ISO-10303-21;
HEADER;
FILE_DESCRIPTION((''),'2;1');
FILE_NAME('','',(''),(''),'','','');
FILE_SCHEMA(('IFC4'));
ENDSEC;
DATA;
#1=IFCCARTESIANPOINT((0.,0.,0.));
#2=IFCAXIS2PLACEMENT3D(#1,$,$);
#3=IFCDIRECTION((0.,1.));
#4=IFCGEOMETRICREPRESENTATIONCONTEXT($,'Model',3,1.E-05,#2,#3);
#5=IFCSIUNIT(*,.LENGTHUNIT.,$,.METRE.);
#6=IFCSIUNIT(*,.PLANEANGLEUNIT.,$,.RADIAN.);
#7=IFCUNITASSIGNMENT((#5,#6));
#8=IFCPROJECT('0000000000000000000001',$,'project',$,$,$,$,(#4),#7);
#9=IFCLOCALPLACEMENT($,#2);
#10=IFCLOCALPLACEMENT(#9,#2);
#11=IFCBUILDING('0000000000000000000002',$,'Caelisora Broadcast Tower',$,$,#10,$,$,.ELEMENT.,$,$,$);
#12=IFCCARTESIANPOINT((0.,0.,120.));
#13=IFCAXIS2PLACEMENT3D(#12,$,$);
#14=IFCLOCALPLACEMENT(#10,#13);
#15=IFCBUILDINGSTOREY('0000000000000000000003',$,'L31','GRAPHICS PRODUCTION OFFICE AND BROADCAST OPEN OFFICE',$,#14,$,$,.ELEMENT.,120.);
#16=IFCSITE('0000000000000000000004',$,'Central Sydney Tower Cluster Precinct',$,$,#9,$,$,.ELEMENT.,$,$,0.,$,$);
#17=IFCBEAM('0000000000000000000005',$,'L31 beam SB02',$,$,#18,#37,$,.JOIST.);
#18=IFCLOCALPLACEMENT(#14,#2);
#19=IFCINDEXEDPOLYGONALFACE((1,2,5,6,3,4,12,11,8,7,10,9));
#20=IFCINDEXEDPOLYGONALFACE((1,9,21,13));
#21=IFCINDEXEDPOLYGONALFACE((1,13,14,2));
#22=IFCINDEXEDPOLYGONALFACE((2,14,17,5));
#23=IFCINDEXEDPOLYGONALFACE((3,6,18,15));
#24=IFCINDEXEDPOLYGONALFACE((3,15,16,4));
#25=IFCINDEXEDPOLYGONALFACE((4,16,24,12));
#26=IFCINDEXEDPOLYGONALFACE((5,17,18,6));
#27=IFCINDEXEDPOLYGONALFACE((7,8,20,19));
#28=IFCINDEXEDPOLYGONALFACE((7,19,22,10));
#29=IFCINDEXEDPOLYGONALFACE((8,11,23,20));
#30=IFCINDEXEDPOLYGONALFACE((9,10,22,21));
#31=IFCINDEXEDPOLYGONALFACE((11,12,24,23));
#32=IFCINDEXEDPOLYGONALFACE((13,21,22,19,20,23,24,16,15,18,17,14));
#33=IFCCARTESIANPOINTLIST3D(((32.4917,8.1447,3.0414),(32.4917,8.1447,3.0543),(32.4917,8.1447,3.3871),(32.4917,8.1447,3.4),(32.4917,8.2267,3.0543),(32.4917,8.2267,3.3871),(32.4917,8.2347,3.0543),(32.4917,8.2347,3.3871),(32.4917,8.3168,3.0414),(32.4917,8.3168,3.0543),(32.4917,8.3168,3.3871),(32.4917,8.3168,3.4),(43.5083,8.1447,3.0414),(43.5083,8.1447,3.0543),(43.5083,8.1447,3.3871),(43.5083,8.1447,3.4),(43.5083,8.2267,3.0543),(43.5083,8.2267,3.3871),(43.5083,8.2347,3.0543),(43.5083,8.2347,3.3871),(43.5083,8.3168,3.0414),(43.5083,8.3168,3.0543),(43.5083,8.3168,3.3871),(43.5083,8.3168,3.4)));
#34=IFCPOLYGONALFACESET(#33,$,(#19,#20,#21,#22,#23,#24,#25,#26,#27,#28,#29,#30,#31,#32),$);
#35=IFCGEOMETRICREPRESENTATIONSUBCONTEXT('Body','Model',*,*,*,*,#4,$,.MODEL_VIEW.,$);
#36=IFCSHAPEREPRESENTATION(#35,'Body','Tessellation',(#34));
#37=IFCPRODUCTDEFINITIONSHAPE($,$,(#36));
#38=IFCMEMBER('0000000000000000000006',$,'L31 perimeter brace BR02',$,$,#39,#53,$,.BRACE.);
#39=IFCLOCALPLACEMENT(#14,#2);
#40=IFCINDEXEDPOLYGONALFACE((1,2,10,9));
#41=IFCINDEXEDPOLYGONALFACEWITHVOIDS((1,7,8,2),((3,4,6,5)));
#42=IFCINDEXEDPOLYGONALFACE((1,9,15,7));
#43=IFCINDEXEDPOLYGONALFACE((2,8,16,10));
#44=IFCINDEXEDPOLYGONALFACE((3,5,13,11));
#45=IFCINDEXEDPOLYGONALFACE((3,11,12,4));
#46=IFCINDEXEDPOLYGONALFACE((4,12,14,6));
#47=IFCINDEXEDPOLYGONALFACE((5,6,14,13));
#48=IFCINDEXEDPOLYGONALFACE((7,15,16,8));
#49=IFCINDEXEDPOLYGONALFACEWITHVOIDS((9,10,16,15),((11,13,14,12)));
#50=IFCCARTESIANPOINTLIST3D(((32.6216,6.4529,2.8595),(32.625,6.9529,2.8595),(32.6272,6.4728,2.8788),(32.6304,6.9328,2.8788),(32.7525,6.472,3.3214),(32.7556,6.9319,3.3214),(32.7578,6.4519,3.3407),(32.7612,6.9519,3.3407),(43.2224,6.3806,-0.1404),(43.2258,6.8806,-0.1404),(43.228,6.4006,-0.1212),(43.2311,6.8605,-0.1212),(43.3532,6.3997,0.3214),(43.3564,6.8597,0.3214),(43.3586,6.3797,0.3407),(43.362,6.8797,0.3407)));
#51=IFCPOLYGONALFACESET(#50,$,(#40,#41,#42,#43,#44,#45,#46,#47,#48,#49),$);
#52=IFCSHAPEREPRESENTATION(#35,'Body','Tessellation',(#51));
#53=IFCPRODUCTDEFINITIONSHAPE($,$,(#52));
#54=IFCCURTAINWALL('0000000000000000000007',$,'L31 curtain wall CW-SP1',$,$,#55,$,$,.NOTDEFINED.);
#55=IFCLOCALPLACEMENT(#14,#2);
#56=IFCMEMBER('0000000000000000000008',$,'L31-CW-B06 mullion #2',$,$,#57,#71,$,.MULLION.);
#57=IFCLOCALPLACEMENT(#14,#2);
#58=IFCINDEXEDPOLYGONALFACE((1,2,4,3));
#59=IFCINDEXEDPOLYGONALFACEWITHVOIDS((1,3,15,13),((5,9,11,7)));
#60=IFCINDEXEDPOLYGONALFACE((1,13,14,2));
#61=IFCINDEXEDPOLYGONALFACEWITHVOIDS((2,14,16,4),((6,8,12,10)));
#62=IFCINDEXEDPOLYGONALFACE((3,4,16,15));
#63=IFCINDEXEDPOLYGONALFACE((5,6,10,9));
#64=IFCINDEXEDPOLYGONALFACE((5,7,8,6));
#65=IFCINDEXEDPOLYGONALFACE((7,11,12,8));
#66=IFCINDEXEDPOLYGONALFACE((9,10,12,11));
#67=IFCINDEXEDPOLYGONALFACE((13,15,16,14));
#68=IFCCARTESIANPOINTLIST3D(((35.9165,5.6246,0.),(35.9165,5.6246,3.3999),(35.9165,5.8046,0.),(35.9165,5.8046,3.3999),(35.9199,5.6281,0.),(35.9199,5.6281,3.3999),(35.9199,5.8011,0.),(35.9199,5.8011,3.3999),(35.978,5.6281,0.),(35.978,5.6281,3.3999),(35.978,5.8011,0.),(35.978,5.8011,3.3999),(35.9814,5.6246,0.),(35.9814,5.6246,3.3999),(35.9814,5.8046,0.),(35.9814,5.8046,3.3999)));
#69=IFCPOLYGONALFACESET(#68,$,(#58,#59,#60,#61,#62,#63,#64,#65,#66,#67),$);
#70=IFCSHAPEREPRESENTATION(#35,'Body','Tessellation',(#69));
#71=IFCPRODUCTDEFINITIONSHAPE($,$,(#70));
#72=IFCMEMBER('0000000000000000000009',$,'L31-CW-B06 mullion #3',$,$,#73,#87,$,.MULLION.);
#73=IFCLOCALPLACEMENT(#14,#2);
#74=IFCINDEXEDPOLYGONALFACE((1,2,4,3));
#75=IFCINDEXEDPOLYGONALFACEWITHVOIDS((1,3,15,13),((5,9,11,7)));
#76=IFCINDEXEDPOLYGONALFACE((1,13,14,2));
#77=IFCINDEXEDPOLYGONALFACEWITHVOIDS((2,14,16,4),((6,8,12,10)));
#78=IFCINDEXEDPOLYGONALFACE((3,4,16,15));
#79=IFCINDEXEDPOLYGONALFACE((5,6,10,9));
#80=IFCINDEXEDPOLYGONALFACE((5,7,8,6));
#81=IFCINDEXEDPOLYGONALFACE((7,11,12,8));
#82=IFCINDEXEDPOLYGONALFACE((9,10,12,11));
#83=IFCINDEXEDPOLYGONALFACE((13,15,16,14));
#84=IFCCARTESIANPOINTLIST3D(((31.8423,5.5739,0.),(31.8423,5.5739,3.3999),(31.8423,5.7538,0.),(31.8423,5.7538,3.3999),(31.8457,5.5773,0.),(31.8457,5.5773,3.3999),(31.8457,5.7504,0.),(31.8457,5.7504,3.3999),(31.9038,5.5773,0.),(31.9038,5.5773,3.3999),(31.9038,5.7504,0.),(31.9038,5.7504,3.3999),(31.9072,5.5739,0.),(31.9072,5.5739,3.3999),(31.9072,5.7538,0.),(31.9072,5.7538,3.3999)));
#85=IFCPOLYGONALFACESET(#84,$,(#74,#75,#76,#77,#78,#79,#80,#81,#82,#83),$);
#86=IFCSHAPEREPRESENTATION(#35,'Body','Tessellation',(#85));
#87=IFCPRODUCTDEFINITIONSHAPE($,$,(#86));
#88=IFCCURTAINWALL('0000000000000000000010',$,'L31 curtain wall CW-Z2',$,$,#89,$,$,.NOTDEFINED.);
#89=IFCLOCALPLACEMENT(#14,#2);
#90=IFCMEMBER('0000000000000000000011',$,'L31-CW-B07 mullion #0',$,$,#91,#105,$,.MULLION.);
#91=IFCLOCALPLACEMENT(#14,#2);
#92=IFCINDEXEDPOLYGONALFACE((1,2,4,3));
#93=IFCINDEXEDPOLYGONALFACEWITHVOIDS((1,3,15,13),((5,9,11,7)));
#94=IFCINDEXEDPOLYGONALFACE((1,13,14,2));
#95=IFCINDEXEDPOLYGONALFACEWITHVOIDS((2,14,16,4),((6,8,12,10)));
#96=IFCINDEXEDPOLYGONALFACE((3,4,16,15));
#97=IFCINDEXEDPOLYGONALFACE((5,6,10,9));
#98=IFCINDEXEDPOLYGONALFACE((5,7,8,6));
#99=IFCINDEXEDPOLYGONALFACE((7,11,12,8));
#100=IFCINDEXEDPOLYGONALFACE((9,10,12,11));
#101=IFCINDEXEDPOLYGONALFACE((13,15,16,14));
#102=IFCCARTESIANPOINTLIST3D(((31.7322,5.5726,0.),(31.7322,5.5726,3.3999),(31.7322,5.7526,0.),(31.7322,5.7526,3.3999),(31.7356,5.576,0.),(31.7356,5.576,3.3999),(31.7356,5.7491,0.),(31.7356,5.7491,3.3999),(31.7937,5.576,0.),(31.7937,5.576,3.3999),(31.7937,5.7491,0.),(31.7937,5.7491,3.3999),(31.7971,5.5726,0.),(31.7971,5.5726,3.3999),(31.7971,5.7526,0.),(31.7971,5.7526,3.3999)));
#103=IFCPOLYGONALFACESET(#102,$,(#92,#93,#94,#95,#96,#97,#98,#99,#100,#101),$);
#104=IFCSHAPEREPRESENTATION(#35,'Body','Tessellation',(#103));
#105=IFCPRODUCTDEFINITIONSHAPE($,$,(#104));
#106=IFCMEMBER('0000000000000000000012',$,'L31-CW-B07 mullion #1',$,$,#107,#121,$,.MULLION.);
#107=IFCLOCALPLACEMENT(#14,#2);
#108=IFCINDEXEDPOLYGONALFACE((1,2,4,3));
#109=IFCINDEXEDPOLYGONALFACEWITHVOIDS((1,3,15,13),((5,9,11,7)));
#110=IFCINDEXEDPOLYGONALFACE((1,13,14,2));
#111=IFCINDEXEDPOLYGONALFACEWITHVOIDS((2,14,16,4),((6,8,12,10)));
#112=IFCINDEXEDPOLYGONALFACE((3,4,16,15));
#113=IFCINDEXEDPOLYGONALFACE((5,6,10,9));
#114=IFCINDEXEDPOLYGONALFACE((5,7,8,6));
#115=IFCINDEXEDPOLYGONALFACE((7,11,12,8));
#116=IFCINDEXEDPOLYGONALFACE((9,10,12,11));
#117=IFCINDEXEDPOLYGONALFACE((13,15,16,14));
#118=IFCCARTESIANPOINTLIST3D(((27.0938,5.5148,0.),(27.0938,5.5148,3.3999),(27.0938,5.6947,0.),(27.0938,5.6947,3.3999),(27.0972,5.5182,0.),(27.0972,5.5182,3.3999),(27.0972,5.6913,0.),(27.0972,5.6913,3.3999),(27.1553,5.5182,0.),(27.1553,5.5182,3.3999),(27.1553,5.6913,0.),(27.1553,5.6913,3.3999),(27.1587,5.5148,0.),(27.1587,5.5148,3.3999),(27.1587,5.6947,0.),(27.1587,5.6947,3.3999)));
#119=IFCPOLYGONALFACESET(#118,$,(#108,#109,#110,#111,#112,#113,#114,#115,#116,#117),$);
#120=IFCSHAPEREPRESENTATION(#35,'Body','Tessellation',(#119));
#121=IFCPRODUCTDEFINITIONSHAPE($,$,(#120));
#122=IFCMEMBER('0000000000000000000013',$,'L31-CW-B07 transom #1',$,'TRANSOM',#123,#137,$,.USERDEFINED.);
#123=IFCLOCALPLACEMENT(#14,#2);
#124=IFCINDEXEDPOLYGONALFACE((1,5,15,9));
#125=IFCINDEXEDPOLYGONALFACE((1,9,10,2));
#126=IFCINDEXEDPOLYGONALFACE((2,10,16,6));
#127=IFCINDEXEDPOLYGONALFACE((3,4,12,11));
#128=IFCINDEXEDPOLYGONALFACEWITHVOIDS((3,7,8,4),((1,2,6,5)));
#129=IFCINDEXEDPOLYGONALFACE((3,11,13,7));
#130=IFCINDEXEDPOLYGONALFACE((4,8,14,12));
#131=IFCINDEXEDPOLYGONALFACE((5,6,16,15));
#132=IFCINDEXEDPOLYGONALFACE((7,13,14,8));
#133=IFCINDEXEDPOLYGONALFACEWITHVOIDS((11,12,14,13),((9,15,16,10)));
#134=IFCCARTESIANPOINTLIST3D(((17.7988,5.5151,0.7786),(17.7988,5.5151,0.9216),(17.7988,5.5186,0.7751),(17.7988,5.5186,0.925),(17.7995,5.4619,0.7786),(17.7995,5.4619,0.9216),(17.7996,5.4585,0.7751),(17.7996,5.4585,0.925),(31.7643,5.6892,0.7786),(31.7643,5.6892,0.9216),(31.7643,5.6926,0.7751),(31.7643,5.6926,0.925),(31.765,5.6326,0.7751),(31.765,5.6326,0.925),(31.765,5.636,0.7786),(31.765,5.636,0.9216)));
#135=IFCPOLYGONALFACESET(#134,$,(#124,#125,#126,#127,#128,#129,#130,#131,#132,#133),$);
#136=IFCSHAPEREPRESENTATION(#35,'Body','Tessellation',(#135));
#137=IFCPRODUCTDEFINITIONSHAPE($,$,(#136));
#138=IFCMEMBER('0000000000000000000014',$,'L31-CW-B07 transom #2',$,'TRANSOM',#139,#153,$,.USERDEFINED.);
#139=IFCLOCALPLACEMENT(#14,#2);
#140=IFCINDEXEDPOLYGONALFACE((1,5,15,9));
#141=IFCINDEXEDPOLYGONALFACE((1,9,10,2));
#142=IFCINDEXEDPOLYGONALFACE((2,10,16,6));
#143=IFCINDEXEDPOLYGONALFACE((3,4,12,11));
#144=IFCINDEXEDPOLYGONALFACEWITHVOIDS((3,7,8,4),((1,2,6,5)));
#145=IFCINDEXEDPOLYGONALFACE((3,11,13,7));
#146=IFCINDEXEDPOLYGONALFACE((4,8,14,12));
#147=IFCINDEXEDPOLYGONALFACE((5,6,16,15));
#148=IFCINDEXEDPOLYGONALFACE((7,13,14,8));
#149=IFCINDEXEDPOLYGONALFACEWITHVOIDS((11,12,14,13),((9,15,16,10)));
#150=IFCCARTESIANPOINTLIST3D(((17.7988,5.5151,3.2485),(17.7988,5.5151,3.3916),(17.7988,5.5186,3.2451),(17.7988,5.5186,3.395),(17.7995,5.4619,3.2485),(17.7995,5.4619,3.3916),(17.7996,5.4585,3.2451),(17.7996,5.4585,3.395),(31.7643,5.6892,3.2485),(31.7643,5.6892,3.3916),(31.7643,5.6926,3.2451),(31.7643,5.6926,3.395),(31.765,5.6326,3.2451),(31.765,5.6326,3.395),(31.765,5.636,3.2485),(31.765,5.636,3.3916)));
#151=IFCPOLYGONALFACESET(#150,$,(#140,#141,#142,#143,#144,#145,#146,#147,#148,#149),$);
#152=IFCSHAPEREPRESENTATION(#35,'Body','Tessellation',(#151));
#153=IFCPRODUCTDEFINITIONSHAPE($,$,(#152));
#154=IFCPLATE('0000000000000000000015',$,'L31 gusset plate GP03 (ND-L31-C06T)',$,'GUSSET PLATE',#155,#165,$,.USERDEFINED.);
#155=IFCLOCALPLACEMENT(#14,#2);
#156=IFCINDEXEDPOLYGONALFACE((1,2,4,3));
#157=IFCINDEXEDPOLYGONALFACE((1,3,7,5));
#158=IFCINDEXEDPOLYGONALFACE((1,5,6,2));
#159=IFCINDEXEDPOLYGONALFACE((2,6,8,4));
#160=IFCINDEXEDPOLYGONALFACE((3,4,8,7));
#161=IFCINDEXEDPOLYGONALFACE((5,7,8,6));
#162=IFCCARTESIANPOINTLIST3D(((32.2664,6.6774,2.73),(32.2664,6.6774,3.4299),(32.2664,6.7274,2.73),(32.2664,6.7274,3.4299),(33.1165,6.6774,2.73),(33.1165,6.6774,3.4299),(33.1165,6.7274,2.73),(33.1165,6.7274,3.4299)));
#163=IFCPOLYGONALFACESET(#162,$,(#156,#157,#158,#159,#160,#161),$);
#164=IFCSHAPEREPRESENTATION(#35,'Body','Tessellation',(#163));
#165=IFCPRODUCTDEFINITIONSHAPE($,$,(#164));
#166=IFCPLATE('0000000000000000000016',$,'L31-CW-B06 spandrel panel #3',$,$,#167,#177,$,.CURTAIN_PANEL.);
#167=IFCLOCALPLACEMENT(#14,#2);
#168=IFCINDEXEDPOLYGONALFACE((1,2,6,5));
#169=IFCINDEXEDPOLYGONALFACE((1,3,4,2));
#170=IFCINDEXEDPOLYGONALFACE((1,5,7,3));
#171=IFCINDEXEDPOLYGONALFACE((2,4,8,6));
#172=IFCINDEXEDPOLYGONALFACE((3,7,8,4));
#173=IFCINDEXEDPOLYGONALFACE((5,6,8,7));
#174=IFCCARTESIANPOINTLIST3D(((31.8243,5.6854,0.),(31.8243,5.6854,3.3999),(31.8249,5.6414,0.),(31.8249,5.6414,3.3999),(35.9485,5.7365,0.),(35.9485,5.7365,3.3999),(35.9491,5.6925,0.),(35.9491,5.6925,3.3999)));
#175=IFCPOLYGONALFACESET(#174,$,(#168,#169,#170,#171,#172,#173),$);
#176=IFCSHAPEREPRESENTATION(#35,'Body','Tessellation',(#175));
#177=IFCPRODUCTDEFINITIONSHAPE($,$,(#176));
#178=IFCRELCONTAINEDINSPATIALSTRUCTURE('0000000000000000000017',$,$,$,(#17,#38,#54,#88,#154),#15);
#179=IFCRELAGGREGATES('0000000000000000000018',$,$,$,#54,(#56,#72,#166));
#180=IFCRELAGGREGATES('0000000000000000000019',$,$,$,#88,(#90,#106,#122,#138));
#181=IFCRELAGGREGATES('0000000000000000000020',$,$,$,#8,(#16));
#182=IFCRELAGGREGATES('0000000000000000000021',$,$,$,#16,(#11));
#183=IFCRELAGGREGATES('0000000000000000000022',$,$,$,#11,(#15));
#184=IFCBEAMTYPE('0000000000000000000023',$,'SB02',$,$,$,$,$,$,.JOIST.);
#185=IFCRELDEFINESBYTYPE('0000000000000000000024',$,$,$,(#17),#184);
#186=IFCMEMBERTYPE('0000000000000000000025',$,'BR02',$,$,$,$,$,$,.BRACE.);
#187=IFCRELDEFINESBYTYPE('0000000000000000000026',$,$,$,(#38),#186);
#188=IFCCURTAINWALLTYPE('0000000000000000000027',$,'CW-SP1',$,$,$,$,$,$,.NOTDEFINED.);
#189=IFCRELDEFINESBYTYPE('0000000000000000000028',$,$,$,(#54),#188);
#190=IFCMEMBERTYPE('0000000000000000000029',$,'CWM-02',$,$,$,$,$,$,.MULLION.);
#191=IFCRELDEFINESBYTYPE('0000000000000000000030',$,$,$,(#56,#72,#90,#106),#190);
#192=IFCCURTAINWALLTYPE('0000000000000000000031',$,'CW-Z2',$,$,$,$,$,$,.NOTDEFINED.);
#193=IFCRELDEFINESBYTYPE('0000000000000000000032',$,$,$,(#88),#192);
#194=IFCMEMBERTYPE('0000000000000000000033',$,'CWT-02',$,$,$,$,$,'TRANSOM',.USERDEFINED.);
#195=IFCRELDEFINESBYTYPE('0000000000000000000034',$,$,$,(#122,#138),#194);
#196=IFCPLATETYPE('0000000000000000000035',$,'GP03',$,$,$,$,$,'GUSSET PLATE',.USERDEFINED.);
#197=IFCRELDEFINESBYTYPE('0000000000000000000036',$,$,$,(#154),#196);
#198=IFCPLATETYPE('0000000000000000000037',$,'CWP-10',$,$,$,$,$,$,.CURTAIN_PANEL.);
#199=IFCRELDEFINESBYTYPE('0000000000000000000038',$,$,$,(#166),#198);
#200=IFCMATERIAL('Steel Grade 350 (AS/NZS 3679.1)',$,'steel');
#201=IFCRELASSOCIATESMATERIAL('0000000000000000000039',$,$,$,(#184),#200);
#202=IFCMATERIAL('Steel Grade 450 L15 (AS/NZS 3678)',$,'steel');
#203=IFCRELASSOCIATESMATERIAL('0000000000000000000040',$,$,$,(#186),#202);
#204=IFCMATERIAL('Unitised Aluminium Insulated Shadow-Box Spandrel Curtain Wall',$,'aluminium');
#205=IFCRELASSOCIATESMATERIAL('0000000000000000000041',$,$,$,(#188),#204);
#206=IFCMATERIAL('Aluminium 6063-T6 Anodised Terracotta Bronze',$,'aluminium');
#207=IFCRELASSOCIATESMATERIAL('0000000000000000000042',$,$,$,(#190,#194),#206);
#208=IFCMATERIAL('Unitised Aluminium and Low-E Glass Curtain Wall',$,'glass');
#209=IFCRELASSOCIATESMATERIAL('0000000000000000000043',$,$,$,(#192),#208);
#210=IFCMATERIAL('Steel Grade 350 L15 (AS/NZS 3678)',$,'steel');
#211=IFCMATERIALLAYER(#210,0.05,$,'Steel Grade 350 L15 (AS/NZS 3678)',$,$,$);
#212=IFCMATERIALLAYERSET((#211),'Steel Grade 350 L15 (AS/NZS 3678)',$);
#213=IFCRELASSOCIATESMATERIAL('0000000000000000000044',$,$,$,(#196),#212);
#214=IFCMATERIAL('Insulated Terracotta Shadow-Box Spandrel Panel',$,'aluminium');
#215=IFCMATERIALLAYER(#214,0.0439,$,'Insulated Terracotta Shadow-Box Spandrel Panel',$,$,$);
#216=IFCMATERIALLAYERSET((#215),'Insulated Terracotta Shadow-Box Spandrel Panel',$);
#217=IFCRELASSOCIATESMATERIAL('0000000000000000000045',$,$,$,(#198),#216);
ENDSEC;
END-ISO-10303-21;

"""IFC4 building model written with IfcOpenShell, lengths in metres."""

from ifc_helpers import new_model, si_unit, direction, frame, origin, origin_2d, place, context, subcontext, project, spatial, rectangle, hollow_rectangle, i_section, extrude, source, transform, mapped, material, layer, layer_set, material_profile, profile_set, type_object, type_shapes, element, aggregate, save


model = new_model("IFC4")

# Units and contexts
model_context = context("Model", 3, precision=1e-05, world=origin(), true_north=direction((0.0, 1.0)))
body_context = subcontext(model_context, "Body", "Model", "MODEL_VIEW")
ifc_project = project(units=[si_unit("LENGTHUNIT", "METRE"), si_unit("PLANEANGLEUNIT", "RADIAN")], contexts=[model_context])

# Site, building, storey
site_placement = place(None, origin())
site = spatial("IfcSite", under=ifc_project, at=site_placement, Name="Central Sydney Tower Cluster Precinct", CompositionType="ELEMENT", RefElevation=0.0)
building_placement = place(site_placement, origin())
building = spatial("IfcBuilding", under=site, at=building_placement, Name="Caelisora Broadcast Tower", CompositionType="ELEMENT")
storey_placement = place(building_placement, frame((0.0, 0.0, 120.0)))
storey = spatial("IfcBuildingStorey", under=building, at=storey_placement, Name="L31", Description="GRAPHICS PRODUCTION OFFICE AND BROADCAST OPEN OFFICE", CompositionType="ELEMENT", Elevation=120.0)

# Shared definitions
ifc_material_1 = material(Name="Steel Grade 350 L15 (AS/NZS 3678)", Category="steel")

# Beam
ifc_material_2 = material(Name="Steel Grade 350 (AS/NZS 3679.1)", Category="steel")
ifc_material_profile_1 = material_profile(ifc_material_2, i_section(OverallWidth=0.1721, OverallDepth=0.3586, WebThickness=0.0081, FlangeThickness=0.0129, at=origin_2d()), Name="Steel Grade 350 (AS/NZS 3679.1)")
ifc_profile_set_1 = profile_set([ifc_material_profile_1], Name="Steel Grade 350 (AS/NZS 3679.1)")
beam_type_1 = type_object("IfcBeamType", Name="SB02", PredefinedType="JOIST", material=ifc_profile_set_1)
shared_shape_1 = source(origin(), body_context, "Body", "SweptSolid", [
    extrude(i_section(OverallWidth=0.1721, OverallDepth=0.3586, WebThickness=0.0081, FlangeThickness=0.0129, at=origin_2d()), origin(), (0.0, 0.0, 1.0), 11.0166),
])
beam_1_placement = place(storey_placement, frame((32.4917, 8.2307, 3.2207), z_axis=(1.0, 0.0, 0.0), x_axis=(0.0, 1.0, 0.0)))
element("IfcBeam", 1, at=beam_1_placement, inside=storey, type_object=beam_type_1, Name="L31 beam SB02", PredefinedType="JOIST", context=body_context, shape_type="MappedRepresentation", body=[
    mapped(shared_shape_1, transform((0.0, 0.0, 0.0), scale=1.0)),
])

# Member
ifc_material_3 = material(Name="Steel Grade 450 L15 (AS/NZS 3678)", Category="steel")
ifc_material_profile_2 = material_profile(ifc_material_3, hollow_rectangle(XDim=0.5, YDim=0.5, WallThickness=0.02, at=origin_2d()), Name="Steel Grade 450 L15 (AS/NZS 3678)")
ifc_profile_set_2 = profile_set([ifc_material_profile_2], Name="Steel Grade 450 L15 (AS/NZS 3678)")
member_type_1 = type_object("IfcMemberType", Name="BR02", PredefinedType="BRACE", material=ifc_profile_set_2)
shared_shape_2 = source(origin(), body_context, "Body", "SweptSolid", [
    extrude(hollow_rectangle(XDim=0.5, YDim=0.5, WallThickness=0.02, at=origin_2d()), origin(), (0.0, 0.0, 1.0), 11.0173),
])
type_shapes(member_type_1, [shared_shape_2])
member_1_placement = place(storey_placement, frame((32.6914, 6.7024, 3.1001), z_axis=(0.962191, -0.006559, -0.272297), x_axis=(0.006817, 0.999977, 0.0)))
element("IfcMember", 2, at=member_1_placement, inside=storey, type_object=member_type_1, Name="L31 perimeter brace BR02", PredefinedType="BRACE", context=body_context, shape_type="MappedRepresentation", body=[
    mapped(shared_shape_2, transform((0.0, 0.0, 0.0), scale=1.0)),
])

# Curtain walls, members
ifc_material_4 = material(Name="Unitised Aluminium Insulated Shadow-Box Spandrel Curtain Wall", Category="aluminium")
curtain_wall_type_1 = type_object("IfcCurtainWallType", Name="CW-SP1", PredefinedType="NOTDEFINED", material=ifc_material_4)
curtain_wall_1_placement = place(storey_placement, origin())
curtain_wall_1 = element("IfcCurtainWall", 3, at=curtain_wall_1_placement, inside=storey, type_object=curtain_wall_type_1, Name="L31 curtain wall CW-SP1", PredefinedType="NOTDEFINED")
ifc_material_5 = material(Name="Aluminium 6063-T6 Anodised Terracotta Bronze", Category="aluminium")
ifc_material_profile_3 = material_profile(ifc_material_5, hollow_rectangle(XDim=0.0649, YDim=0.1799, WallThickness=0.0034, at=origin_2d()), Name="Aluminium 6063-T6 Anodised Terracotta Bronze")
ifc_profile_set_3 = profile_set([ifc_material_profile_3], Name="Aluminium 6063-T6 Anodised Terracotta Bronze")
member_type_2 = type_object("IfcMemberType", Name="CWM-02", PredefinedType="MULLION", material=ifc_profile_set_3)
shared_shape_3 = source(origin(), body_context, "Body", "SweptSolid", [
    extrude(hollow_rectangle(XDim=0.0649, YDim=0.1799, WallThickness=0.0034, at=origin_2d()), origin(), (0.0, 0.0, 1.0), 3.3999),
])
type_shapes(member_type_2, [shared_shape_3])
member_2_placement = place(storey_placement, frame((35.949, 5.7146, 0.0), z_axis=(0.0, 0.0, 1.0), x_axis=(1.0, 0.0, 0.0)))
member_2 = element("IfcMember", 4, at=member_2_placement, type_object=member_type_2, Name="L31-CW-B06 mullion #2", PredefinedType="MULLION", context=body_context, shape_type="MappedRepresentation", body=[
    mapped(shared_shape_3, transform((0.0, 0.0, 0.0), scale=1.0)),
])
member_3_placement = place(storey_placement, frame((31.8748, 5.6638, 0.0), z_axis=(0.0, 0.0, 1.0), x_axis=(1.0, 0.0, 0.0)))
member_3 = element("IfcMember", 5, at=member_3_placement, type_object=member_type_2, Name="L31-CW-B06 mullion #3", PredefinedType="MULLION", context=body_context, shape_type="MappedRepresentation", body=[
    mapped(shared_shape_3, transform((0.0, 0.0, 0.0), scale=1.0)),
])
ifc_material_6 = material(Name="Unitised Aluminium and Low-E Glass Curtain Wall", Category="glass")
curtain_wall_type_2 = type_object("IfcCurtainWallType", Name="CW-Z2", PredefinedType="NOTDEFINED", material=ifc_material_6)
curtain_wall_2_placement = place(storey_placement, origin())
curtain_wall_2 = element("IfcCurtainWall", 6, at=curtain_wall_2_placement, inside=storey, type_object=curtain_wall_type_2, Name="L31 curtain wall CW-Z2", PredefinedType="NOTDEFINED")
member_4_placement = place(storey_placement, frame((31.7646, 5.6626, 0.0), z_axis=(0.0, 0.0, 1.0), x_axis=(1.0, 0.0, 0.0)))
member_4 = element("IfcMember", 7, at=member_4_placement, type_object=member_type_2, Name="L31-CW-B07 mullion #0", PredefinedType="MULLION", context=body_context, shape_type="MappedRepresentation", body=[
    mapped(shared_shape_3, transform((0.0, 0.0, 0.0), scale=1.0)),
])
member_5_placement = place(storey_placement, frame((27.1262, 5.6047, 0.0), z_axis=(0.0, 0.0, 1.0), x_axis=(1.0, 0.0, 0.0)))
member_5 = element("IfcMember", 8, at=member_5_placement, type_object=member_type_2, Name="L31-CW-B07 mullion #1", PredefinedType="MULLION", context=body_context, shape_type="MappedRepresentation", body=[
    mapped(shared_shape_3, transform((0.0, 0.0, 0.0), scale=1.0)),
])
ifc_material_profile_4 = material_profile(ifc_material_5, hollow_rectangle(XDim=0.0601, YDim=0.1499, WallThickness=0.0034, at=origin_2d()), Name="Aluminium 6063-T6 Anodised Terracotta Bronze")
ifc_profile_set_4 = profile_set([ifc_material_profile_4], Name="Aluminium 6063-T6 Anodised Terracotta Bronze")
member_type_3 = type_object("IfcMemberType", Name="CWT-02", ElementType="TRANSOM", PredefinedType="USERDEFINED", material=ifc_profile_set_4)
shared_shape_4 = source(origin(), body_context, "Body", "SweptSolid", [
    extrude(hollow_rectangle(XDim=0.0601, YDim=0.1499, WallThickness=0.0034, at=origin_2d()), origin(), (0.0, 0.0, 1.0), 13.9666),
])
type_shapes(member_type_3, [shared_shape_4])
member_6_placement = place(storey_placement, frame((31.7646, 5.6626, 0.8501), z_axis=(-0.999922, -0.012463, 0.0), x_axis=(0.012463, -0.999922, 0.0)))
member_6 = element("IfcMember", 9, at=member_6_placement, type_object=member_type_3, Name="L31-CW-B07 transom #1", ObjectType="TRANSOM", PredefinedType="USERDEFINED", context=body_context, shape_type="MappedRepresentation", body=[
    mapped(shared_shape_4, transform((0.0, 0.0, 0.0), scale=1.0)),
])
member_7_placement = place(storey_placement, frame((31.7646, 5.6626, 3.3201), z_axis=(-0.999922, -0.012463, 0.0), x_axis=(0.012463, -0.999922, 0.0)))
member_7 = element("IfcMember", 10, at=member_7_placement, type_object=member_type_3, Name="L31-CW-B07 transom #2", ObjectType="TRANSOM", PredefinedType="USERDEFINED", context=body_context, shape_type="MappedRepresentation", body=[
    mapped(shared_shape_4, transform((0.0, 0.0, 0.0), scale=1.0)),
])

# Plates
ifc_layer_1 = layer(ifc_material_1, 0.05, Name="Steel Grade 350 L15 (AS/NZS 3678)")
ifc_layer_set_1 = layer_set([ifc_layer_1], Name="Steel Grade 350 L15 (AS/NZS 3678)")
plate_type_1 = type_object("IfcPlateType", Name="GP03", ElementType="GUSSET PLATE", PredefinedType="USERDEFINED", material=ifc_layer_set_1)
shared_shape_5 = source(origin(), body_context, "Body", "SweptSolid", [
    extrude(rectangle(XDim=0.8501, YDim=0.05, at=origin_2d()), origin(), (0.0, 0.0, 1.0), 0.7),
])
type_shapes(plate_type_1, [shared_shape_5])
plate_1_placement = place(storey_placement, frame((32.6914, 6.7024, 2.73), z_axis=(0.0, 0.0, 1.0), x_axis=(1.0, 0.0, 0.0)))
element("IfcPlate", 11, at=plate_1_placement, inside=storey, type_object=plate_type_1, Name="L31 gusset plate GP03 (ND-L31-C06T)", ObjectType="GUSSET PLATE", PredefinedType="USERDEFINED", context=body_context, shape_type="MappedRepresentation", body=[
    mapped(shared_shape_5, transform((0.0, 0.0, 0.0), scale=1.0)),
])
ifc_material_7 = material(Name="Insulated Terracotta Shadow-Box Spandrel Panel", Category="aluminium")
ifc_layer_2 = layer(ifc_material_7, 0.0439, Name="Insulated Terracotta Shadow-Box Spandrel Panel")
ifc_layer_set_2 = layer_set([ifc_layer_2], Name="Insulated Terracotta Shadow-Box Spandrel Panel")
plate_type_2 = type_object("IfcPlateType", Name="CWP-10", PredefinedType="CURTAIN_PANEL", material=ifc_layer_set_2)
shared_shape_6 = source(origin(), body_context, "Body", "SweptSolid", [
    extrude(rectangle(XDim=4.1245, YDim=0.0439, at=origin_2d()), origin(), (0.0, 0.0, 1.0), 3.3999),
])
type_shapes(plate_type_2, [shared_shape_6])
plate_2_placement = place(storey_placement, frame((33.8867, 5.689, 0.0), z_axis=(0.0, 0.0, 1.0), x_axis=(-0.999923, -0.012392, 0.0)))
plate_2 = element("IfcPlate", 12, at=plate_2_placement, type_object=plate_type_2, Name="L31-CW-B06 spandrel panel #3", PredefinedType="CURTAIN_PANEL", context=body_context, shape_type="MappedRepresentation", body=[
    mapped(shared_shape_6, transform((0.0, 0.0, 0.0), scale=1.0)),
])
aggregate(curtain_wall_1, [member_2, member_3, plate_2])
aggregate(curtain_wall_2, [member_4, member_5, member_6, member_7])

save(model, "model.ifc")
